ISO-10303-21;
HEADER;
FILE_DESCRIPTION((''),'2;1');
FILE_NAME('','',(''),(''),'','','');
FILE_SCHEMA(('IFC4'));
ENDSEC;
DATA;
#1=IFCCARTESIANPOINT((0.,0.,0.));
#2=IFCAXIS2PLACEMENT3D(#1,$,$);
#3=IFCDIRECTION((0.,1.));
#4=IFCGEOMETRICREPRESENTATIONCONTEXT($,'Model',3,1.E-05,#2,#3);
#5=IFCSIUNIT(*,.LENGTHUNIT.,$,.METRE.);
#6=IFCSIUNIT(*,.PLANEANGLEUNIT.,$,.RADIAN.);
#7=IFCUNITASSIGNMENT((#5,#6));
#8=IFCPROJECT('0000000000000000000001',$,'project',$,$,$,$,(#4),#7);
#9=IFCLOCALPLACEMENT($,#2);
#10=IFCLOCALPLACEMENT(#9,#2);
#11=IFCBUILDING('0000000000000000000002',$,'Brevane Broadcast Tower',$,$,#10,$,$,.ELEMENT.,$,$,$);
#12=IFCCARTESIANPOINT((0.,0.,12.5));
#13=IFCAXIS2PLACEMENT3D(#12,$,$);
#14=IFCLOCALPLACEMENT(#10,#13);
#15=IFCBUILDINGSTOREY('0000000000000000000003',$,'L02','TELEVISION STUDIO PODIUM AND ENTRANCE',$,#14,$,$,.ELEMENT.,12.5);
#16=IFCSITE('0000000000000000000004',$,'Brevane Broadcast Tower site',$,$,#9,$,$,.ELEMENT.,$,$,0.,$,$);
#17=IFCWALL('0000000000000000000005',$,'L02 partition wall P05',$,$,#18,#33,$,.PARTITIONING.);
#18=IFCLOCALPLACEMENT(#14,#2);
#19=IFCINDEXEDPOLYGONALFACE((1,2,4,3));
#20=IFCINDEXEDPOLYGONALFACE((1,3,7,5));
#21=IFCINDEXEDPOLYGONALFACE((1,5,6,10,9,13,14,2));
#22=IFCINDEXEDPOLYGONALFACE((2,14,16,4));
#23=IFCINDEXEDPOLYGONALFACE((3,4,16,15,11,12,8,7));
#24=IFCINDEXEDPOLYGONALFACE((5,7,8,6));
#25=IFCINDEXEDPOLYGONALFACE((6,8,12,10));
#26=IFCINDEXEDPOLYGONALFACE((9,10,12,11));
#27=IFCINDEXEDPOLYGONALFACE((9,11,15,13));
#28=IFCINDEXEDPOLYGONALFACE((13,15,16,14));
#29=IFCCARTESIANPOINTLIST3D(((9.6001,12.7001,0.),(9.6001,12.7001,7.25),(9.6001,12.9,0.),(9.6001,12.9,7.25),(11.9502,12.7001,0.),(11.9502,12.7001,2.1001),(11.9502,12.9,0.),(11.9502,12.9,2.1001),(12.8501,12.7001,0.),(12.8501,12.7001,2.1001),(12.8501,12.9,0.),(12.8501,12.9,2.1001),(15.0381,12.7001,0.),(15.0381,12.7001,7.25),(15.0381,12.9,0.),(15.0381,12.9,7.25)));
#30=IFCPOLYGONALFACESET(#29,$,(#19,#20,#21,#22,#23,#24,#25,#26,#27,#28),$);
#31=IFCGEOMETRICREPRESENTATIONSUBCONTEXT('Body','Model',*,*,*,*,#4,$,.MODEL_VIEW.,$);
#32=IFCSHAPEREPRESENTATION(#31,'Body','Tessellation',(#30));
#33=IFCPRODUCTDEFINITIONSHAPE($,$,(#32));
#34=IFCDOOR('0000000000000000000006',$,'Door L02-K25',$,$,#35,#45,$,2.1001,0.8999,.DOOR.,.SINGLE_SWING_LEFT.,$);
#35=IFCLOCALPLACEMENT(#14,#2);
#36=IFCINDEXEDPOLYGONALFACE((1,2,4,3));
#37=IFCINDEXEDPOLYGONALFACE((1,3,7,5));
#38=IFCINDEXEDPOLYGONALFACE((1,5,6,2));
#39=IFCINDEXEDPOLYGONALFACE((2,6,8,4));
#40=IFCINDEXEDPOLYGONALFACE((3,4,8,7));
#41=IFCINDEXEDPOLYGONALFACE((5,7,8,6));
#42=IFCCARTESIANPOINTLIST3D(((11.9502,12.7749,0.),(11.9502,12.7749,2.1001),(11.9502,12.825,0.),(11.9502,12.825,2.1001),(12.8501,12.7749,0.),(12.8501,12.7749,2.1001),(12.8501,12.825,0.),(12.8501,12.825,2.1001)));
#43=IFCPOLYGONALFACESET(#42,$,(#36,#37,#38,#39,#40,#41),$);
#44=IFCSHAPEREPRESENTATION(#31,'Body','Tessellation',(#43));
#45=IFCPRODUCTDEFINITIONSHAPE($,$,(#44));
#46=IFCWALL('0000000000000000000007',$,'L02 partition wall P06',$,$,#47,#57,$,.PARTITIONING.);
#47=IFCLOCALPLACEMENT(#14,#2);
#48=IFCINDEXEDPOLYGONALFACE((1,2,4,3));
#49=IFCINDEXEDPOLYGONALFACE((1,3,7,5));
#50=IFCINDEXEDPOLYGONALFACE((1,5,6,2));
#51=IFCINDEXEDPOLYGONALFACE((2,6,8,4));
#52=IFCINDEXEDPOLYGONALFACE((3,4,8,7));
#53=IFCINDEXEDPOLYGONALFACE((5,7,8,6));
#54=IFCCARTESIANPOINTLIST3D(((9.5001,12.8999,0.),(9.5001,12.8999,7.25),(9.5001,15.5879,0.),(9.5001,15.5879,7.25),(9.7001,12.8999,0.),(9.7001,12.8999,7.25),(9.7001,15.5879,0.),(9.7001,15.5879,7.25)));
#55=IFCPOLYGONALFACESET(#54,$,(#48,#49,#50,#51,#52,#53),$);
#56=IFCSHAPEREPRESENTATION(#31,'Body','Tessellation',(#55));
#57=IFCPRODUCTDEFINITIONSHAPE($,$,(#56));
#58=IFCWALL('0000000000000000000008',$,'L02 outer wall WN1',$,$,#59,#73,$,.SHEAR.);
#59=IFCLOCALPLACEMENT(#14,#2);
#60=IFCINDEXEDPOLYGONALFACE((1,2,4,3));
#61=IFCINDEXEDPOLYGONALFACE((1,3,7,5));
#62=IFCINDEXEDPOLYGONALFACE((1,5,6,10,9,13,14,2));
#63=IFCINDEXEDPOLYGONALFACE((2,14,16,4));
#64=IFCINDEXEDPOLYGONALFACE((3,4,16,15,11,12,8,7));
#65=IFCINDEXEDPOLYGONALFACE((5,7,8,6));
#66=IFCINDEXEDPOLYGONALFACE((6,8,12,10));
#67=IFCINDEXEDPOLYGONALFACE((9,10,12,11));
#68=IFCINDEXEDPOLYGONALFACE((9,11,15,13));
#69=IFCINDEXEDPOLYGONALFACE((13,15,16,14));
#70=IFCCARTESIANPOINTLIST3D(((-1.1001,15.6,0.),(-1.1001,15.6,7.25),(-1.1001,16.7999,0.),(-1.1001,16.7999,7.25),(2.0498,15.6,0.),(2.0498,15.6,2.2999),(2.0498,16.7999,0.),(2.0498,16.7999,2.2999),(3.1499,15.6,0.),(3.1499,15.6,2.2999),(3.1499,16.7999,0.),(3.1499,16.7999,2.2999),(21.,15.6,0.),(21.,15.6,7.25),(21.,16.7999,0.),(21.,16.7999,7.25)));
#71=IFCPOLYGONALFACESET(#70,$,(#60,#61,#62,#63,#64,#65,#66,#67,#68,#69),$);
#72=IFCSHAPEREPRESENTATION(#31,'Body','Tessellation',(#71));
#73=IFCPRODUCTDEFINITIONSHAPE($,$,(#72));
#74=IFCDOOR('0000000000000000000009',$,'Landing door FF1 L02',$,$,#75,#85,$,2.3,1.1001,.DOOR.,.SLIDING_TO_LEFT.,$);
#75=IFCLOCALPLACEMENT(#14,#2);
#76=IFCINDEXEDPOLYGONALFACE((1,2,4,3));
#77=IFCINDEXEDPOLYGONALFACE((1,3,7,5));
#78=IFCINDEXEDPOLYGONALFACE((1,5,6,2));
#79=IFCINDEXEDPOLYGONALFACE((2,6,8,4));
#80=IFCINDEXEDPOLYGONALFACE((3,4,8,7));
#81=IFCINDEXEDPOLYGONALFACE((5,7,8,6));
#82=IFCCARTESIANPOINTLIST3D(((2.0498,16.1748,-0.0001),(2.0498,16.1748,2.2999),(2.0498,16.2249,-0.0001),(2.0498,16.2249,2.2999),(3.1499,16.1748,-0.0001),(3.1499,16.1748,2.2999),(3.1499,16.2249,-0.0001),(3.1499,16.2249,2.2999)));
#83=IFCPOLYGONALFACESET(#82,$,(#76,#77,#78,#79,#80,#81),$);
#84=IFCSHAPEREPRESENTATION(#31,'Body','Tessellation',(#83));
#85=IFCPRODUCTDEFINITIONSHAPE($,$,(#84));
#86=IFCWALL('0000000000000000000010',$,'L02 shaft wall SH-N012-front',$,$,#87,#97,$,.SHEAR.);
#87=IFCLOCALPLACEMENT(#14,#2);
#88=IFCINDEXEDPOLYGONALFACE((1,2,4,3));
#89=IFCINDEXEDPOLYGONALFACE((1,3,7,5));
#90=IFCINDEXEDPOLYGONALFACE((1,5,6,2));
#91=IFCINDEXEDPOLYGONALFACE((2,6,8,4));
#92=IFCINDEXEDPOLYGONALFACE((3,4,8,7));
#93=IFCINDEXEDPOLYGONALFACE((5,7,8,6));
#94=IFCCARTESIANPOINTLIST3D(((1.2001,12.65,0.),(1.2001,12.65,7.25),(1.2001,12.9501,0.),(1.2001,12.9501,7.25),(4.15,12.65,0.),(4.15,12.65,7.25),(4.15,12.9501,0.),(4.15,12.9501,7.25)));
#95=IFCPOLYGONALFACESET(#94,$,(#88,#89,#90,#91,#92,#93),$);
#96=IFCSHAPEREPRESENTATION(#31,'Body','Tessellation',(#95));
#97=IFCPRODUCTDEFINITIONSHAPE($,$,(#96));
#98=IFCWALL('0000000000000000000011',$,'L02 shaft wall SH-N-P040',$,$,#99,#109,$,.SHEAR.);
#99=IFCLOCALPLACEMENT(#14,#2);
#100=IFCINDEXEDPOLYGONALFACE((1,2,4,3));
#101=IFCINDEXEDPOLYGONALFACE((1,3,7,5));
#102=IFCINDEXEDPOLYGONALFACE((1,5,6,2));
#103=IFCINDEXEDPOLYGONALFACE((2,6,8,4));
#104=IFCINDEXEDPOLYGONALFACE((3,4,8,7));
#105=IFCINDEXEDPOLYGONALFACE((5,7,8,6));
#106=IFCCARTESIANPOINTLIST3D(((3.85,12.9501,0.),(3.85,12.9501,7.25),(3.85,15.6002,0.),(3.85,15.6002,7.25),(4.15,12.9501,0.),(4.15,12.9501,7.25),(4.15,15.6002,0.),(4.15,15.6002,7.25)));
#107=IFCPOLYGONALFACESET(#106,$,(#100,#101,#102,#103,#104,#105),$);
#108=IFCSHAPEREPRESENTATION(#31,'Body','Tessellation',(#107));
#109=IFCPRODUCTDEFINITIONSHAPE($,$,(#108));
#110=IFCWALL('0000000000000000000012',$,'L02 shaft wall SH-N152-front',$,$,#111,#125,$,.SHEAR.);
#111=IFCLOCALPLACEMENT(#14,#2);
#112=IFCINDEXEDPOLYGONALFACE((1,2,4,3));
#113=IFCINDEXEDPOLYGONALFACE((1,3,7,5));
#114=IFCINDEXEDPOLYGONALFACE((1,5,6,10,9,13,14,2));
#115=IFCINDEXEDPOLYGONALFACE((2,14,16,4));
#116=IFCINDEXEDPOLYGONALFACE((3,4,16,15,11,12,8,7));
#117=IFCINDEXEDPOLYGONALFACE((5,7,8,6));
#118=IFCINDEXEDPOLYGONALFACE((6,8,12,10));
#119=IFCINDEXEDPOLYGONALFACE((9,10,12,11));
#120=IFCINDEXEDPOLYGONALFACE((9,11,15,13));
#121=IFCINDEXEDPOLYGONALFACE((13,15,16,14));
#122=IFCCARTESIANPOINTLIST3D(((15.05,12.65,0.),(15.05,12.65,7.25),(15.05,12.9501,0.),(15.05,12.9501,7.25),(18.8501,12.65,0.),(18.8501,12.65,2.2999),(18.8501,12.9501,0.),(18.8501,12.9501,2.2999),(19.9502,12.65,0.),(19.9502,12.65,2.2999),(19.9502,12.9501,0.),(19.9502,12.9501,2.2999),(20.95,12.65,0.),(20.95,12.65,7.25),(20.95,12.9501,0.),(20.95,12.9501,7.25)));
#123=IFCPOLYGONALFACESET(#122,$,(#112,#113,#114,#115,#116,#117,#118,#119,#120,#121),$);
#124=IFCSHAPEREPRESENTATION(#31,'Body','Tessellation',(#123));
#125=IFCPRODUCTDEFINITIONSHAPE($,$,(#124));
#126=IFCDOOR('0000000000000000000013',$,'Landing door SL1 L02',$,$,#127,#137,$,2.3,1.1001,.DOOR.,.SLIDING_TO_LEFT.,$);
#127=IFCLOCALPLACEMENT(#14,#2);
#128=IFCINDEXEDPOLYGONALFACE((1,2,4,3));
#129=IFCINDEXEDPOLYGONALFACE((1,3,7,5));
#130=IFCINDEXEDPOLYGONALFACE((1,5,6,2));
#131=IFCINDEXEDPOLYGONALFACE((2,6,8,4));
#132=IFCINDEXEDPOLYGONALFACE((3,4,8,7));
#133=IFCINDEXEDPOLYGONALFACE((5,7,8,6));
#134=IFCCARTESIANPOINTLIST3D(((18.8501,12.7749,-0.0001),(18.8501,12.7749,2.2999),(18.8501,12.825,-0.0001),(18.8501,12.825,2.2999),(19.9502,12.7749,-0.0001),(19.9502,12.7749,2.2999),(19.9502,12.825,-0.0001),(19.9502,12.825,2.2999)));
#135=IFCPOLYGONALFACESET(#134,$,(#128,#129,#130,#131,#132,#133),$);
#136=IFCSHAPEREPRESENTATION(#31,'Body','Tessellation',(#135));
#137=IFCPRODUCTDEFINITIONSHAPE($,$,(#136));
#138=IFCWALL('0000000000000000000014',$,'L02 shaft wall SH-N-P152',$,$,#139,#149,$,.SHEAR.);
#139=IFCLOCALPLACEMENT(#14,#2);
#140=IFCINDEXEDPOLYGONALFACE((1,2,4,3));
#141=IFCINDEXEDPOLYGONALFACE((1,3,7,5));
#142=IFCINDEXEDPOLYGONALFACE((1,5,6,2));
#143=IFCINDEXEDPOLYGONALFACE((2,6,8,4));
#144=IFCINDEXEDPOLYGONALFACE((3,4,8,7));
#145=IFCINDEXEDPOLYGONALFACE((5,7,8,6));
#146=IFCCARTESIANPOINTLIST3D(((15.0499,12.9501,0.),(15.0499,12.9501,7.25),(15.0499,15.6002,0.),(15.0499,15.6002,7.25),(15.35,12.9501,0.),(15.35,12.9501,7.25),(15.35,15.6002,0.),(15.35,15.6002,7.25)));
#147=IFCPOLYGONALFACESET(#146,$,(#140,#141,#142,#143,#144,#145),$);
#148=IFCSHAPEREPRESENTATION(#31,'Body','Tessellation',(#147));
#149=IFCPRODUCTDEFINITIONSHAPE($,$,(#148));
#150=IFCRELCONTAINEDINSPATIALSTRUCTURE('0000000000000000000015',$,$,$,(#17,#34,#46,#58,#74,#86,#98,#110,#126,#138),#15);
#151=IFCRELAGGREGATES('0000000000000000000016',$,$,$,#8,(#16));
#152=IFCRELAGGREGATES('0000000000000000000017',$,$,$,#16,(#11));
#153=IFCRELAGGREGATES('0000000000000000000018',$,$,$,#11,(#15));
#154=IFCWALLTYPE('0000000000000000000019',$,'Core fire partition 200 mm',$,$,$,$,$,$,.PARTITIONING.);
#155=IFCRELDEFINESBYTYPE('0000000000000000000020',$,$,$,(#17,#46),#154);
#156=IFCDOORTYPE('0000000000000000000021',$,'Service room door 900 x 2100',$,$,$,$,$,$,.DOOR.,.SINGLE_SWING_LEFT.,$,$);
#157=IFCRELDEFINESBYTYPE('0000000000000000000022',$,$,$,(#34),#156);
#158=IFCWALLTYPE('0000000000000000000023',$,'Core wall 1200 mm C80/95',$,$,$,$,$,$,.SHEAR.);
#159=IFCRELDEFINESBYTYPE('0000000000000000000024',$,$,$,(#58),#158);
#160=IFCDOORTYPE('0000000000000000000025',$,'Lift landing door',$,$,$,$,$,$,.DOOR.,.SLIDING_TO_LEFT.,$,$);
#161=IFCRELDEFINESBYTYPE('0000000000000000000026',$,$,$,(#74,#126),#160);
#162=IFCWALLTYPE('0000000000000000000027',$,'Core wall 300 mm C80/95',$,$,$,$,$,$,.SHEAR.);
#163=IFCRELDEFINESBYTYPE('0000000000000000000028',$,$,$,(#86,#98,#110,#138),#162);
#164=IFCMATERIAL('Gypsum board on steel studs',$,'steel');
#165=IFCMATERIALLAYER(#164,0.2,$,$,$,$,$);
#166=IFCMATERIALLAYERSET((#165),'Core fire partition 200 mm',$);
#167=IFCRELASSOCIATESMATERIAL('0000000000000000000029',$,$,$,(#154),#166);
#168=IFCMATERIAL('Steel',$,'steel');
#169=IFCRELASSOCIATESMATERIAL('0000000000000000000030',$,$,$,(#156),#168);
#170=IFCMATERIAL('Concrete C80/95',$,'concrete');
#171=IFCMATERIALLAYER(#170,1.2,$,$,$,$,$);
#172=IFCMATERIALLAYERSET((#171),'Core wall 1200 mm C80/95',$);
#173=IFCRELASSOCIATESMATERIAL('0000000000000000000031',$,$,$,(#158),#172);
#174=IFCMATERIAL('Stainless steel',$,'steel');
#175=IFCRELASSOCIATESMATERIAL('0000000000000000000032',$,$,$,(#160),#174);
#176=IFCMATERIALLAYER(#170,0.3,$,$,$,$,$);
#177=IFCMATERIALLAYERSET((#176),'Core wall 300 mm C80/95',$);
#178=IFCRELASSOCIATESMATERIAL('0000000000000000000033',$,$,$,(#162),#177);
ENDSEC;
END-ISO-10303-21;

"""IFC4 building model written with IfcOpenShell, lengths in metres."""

from ifc_helpers import new_model, si_unit, direction, frame, frame_2d, origin, place, context, subcontext, project, spatial, rectangle, extrude, material, layer, layer_set, type_object, element, fill, save


model = new_model("IFC4")

# Units and contexts
model_context = context("Model", 3, precision=1e-05, world=origin(), true_north=direction((0.0, 1.0)))
body_context = subcontext(model_context, "Body", "Model", "MODEL_VIEW")
ifc_project = project(units=[si_unit("LENGTHUNIT", "METRE"), si_unit("PLANEANGLEUNIT", "RADIAN")], contexts=[model_context])

# Site, building, storey
site_placement = place(None, origin())
site = spatial("IfcSite", under=ifc_project, at=site_placement, Name="Brevane Broadcast Tower site", CompositionType="ELEMENT", RefElevation=0.0)
building_placement = place(site_placement, origin())
building = spatial("IfcBuilding", under=site, at=building_placement, Name="Brevane Broadcast Tower", CompositionType="ELEMENT")
storey_placement = place(building_placement, frame((0.0, 0.0, 12.5)))
storey = spatial("IfcBuildingStorey", under=building, at=storey_placement, Name="L02", Description="TELEVISION STUDIO PODIUM AND ENTRANCE", CompositionType="ELEMENT", Elevation=12.5)

# Shared definitions
ifc_material_1 = material(Name="Gypsum board on steel studs", Category="steel")
ifc_material_2 = material(Name="Steel", Category="steel")

# Shared definitions
ifc_layer_1 = layer(ifc_material_1, 0.2)
ifc_layer_set_1 = layer_set([ifc_layer_1], Name="Core fire partition 200 mm")
wall_type_1 = type_object("IfcWallType", Name="Core fire partition 200 mm", PredefinedType="PARTITIONING", material=ifc_layer_set_1)

# Wall, opening, door
door_type_1 = type_object("IfcDoorType", Name="Service room door 900 x 2100", OperationType="SINGLE_SWING_LEFT", PredefinedType="DOOR", material=ifc_material_2)
wall_1_placement = place(storey_placement, frame((9.6001, 12.8, 0.0), z_axis=(0.0, 0.0, 1.0), x_axis=(1.0, 0.0, 0.0)))
wall_1 = element("IfcWall", 1, at=wall_1_placement, inside=storey, type_object=wall_type_1, Name="L02 partition wall P05", PredefinedType="PARTITIONING", context=body_context, shape_type="SweptSolid", body=[
    extrude(rectangle(XDim=5.438, YDim=0.2, at=frame_2d((2.719, 0.0))), origin(), (0.0, 0.0, 1.0), 7.25),
])
opening_1_placement = place(wall_1_placement, frame((2.3501, 0.0, 0.0)))
opening_1 = element("IfcOpeningElement", 2, at=opening_1_placement, cuts=wall_1, PredefinedType="OPENING", context=body_context, shape_type="SweptSolid", body=[
    extrude(rectangle(XDim=0.8999, YDim=2.1001, at=frame_2d((0.45, 1.05))), frame((0.0, 0.1099, 0.0), z_axis=(0.0, -1.0, 0.0), x_axis=(1.0, 0.0, 0.0)), (0.0, 0.0, 1.0), 0.22),
])
door_1_placement = place(opening_1_placement, origin())
door_1 = element("IfcDoor", 3, at=door_1_placement, inside=storey, type_object=door_type_1, Name="Door L02-K25", OperationType="SINGLE_SWING_LEFT", OverallHeight=2.1001, OverallWidth=0.8999, PredefinedType="DOOR", context=body_context, shape_type="SweptSolid", body=[
    extrude(rectangle(XDim=0.8999, YDim=2.1001, at=frame_2d((0.45, 1.05))), frame((0.0, 0.0249, 0.0), z_axis=(0.0, -1.0, 0.0), x_axis=(1.0, 0.0, 0.0)), (0.0, 0.0, 1.0), 0.05),
])
fill(opening_1, door_1)

# Wall
wall_2_placement = place(storey_placement, frame((9.6001, 15.5879, 0.0), z_axis=(0.0, 0.0, 1.0), x_axis=(0.0, -1.0, 0.0)))
element("IfcWall", 4, at=wall_2_placement, inside=storey, type_object=wall_type_1, Name="L02 partition wall P06", PredefinedType="PARTITIONING", context=body_context, shape_type="SweptSolid", body=[
    extrude(rectangle(XDim=2.688, YDim=0.2, at=frame_2d((1.344, 0.0))), origin(), (0.0, 0.0, 1.0), 7.25),
])

# Wall, opening, door
ifc_material_3 = material(Name="Concrete C80/95", Category="concrete")
ifc_layer_2 = layer(ifc_material_3, 1.2)
ifc_layer_set_2 = layer_set([ifc_layer_2], Name="Core wall 1200 mm C80/95")
wall_type_2 = type_object("IfcWallType", Name="Core wall 1200 mm C80/95", PredefinedType="SHEAR", material=ifc_layer_set_2)
wall_3_placement = place(storey_placement, frame((-1.1001, 16.2, 0.0), z_axis=(0.0, 0.0, 1.0), x_axis=(1.0, 0.0, 0.0)))
wall_3 = element("IfcWall", 5, at=wall_3_placement, inside=storey, type_object=wall_type_2, Name="L02 outer wall WN1", PredefinedType="SHEAR", context=body_context, shape_type="SweptSolid", body=[
    extrude(rectangle(XDim=22.1001, YDim=1.2, at=frame_2d((11.05, 0.0))), origin(), (0.0, 0.0, 1.0), 7.25),
])
opening_2_placement = place(wall_3_placement, frame((3.1499, 0.0, 0.0)))
opening_2 = element("IfcOpeningElement", 6, at=opening_2_placement, cuts=wall_3, PredefinedType="OPENING", context=body_context, shape_type="SweptSolid", body=[
    extrude(rectangle(XDim=1.1001, YDim=2.3, at=frame_2d((0.55, 1.1499))), frame((0.0, 0.6099, 0.0), z_axis=(0.0, -1.0, 0.0), x_axis=(1.0, 0.0, 0.0)), (0.0, 0.0, 1.0), 1.22),
])
ifc_material_4 = material(Name="Stainless steel", Category="steel")
door_type_2 = type_object("IfcDoorType", Name="Lift landing door", OperationType="SLIDING_TO_LEFT", PredefinedType="DOOR", material=ifc_material_4)
door_2_placement = place(opening_2_placement, origin())
door_2 = element("IfcDoor", 7, at=door_2_placement, inside=storey, type_object=door_type_2, Name="Landing door FF1 L02", OperationType="SLIDING_TO_LEFT", OverallHeight=2.3, OverallWidth=1.1001, PredefinedType="DOOR", context=body_context, shape_type="SweptSolid", body=[
    extrude(rectangle(XDim=1.1001, YDim=2.3, at=frame_2d((0.55, 1.1499))), frame((0.0, 0.0249, 0.0), z_axis=(0.0, -1.0, 0.0), x_axis=(1.0, 0.0, 0.0)), (0.0, 0.0, 1.0), 0.05),
])
fill(opening_2, door_2)

# Walls
ifc_layer_3 = layer(ifc_material_3, 0.3)
ifc_layer_set_3 = layer_set([ifc_layer_3], Name="Core wall 300 mm C80/95")
wall_type_3 = type_object("IfcWallType", Name="Core wall 300 mm C80/95", PredefinedType="SHEAR", material=ifc_layer_set_3)
wall_4_placement = place(storey_placement, frame((1.2, 12.8, 0.0), z_axis=(0.0, 0.0, 1.0), x_axis=(1.0, 0.0, 0.0)))
element("IfcWall", 8, at=wall_4_placement, inside=storey, type_object=wall_type_3, Name="L02 shaft wall SH-N012-front", PredefinedType="SHEAR", context=body_context, shape_type="SweptSolid", body=[
    extrude(rectangle(XDim=2.95, YDim=0.3, at=frame_2d((1.4751, 0.0))), origin(), (0.0, 0.0, 1.0), 7.25),
])
wall_5_placement = place(storey_placement, frame((4.0, 12.95, 0.0), z_axis=(0.0, 0.0, 1.0), x_axis=(0.0, 1.0, 0.0)))
element("IfcWall", 9, at=wall_5_placement, inside=storey, type_object=wall_type_3, Name="L02 shaft wall SH-N-P040", PredefinedType="SHEAR", context=body_context, shape_type="SweptSolid", body=[
    extrude(rectangle(XDim=2.6501, YDim=0.3, at=frame_2d((1.3252, 0.0))), origin(), (0.0, 0.0, 1.0), 7.25),
])

# Wall, opening, door
wall_6_placement = place(storey_placement, frame((15.05, 12.8, 0.0), z_axis=(0.0, 0.0, 1.0), x_axis=(1.0, 0.0, 0.0)))
wall_6 = element("IfcWall", 10, at=wall_6_placement, inside=storey, type_object=wall_type_3, Name="L02 shaft wall SH-N152-front", PredefinedType="SHEAR", context=body_context, shape_type="SweptSolid", body=[
    extrude(rectangle(XDim=5.8999, YDim=0.3, at=frame_2d((2.95, 0.0))), origin(), (0.0, 0.0, 1.0), 7.25),
])
opening_3_placement = place(wall_6_placement, frame((3.8, 0.0, 0.0)))
opening_3 = element("IfcOpeningElement", 11, at=opening_3_placement, cuts=wall_6, PredefinedType="OPENING", context=body_context, shape_type="SweptSolid", body=[
    extrude(rectangle(XDim=1.1001, YDim=2.3, at=frame_2d((0.55, 1.1499))), frame((0.0, 0.1599, 0.0), z_axis=(0.0, -1.0, 0.0), x_axis=(1.0, 0.0, 0.0)), (0.0, 0.0, 1.0), 0.3201),
])
door_3_placement = place(opening_3_placement, origin())
door_3 = element("IfcDoor", 12, at=door_3_placement, inside=storey, type_object=door_type_2, Name="Landing door SL1 L02", OperationType="SLIDING_TO_LEFT", OverallHeight=2.3, OverallWidth=1.1001, PredefinedType="DOOR", context=body_context, shape_type="SweptSolid", body=[
    extrude(rectangle(XDim=1.1001, YDim=2.3, at=frame_2d((0.55, 1.1499))), frame((0.0, 0.0249, 0.0), z_axis=(0.0, -1.0, 0.0), x_axis=(1.0, 0.0, 0.0)), (0.0, 0.0, 1.0), 0.05),
])
fill(opening_3, door_3)

# Wall
wall_7_placement = place(storey_placement, frame((15.2, 12.95, 0.0), z_axis=(0.0, 0.0, 1.0), x_axis=(0.0, 1.0, 0.0)))
element("IfcWall", 13, at=wall_7_placement, inside=storey, type_object=wall_type_3, Name="L02 shaft wall SH-N-P152", PredefinedType="SHEAR", context=body_context, shape_type="SweptSolid", body=[
    extrude(rectangle(XDim=2.6501, YDim=0.3, at=frame_2d((1.3252, 0.0))), origin(), (0.0, 0.0, 1.0), 7.25),
])

save(model, "model.ifc")
